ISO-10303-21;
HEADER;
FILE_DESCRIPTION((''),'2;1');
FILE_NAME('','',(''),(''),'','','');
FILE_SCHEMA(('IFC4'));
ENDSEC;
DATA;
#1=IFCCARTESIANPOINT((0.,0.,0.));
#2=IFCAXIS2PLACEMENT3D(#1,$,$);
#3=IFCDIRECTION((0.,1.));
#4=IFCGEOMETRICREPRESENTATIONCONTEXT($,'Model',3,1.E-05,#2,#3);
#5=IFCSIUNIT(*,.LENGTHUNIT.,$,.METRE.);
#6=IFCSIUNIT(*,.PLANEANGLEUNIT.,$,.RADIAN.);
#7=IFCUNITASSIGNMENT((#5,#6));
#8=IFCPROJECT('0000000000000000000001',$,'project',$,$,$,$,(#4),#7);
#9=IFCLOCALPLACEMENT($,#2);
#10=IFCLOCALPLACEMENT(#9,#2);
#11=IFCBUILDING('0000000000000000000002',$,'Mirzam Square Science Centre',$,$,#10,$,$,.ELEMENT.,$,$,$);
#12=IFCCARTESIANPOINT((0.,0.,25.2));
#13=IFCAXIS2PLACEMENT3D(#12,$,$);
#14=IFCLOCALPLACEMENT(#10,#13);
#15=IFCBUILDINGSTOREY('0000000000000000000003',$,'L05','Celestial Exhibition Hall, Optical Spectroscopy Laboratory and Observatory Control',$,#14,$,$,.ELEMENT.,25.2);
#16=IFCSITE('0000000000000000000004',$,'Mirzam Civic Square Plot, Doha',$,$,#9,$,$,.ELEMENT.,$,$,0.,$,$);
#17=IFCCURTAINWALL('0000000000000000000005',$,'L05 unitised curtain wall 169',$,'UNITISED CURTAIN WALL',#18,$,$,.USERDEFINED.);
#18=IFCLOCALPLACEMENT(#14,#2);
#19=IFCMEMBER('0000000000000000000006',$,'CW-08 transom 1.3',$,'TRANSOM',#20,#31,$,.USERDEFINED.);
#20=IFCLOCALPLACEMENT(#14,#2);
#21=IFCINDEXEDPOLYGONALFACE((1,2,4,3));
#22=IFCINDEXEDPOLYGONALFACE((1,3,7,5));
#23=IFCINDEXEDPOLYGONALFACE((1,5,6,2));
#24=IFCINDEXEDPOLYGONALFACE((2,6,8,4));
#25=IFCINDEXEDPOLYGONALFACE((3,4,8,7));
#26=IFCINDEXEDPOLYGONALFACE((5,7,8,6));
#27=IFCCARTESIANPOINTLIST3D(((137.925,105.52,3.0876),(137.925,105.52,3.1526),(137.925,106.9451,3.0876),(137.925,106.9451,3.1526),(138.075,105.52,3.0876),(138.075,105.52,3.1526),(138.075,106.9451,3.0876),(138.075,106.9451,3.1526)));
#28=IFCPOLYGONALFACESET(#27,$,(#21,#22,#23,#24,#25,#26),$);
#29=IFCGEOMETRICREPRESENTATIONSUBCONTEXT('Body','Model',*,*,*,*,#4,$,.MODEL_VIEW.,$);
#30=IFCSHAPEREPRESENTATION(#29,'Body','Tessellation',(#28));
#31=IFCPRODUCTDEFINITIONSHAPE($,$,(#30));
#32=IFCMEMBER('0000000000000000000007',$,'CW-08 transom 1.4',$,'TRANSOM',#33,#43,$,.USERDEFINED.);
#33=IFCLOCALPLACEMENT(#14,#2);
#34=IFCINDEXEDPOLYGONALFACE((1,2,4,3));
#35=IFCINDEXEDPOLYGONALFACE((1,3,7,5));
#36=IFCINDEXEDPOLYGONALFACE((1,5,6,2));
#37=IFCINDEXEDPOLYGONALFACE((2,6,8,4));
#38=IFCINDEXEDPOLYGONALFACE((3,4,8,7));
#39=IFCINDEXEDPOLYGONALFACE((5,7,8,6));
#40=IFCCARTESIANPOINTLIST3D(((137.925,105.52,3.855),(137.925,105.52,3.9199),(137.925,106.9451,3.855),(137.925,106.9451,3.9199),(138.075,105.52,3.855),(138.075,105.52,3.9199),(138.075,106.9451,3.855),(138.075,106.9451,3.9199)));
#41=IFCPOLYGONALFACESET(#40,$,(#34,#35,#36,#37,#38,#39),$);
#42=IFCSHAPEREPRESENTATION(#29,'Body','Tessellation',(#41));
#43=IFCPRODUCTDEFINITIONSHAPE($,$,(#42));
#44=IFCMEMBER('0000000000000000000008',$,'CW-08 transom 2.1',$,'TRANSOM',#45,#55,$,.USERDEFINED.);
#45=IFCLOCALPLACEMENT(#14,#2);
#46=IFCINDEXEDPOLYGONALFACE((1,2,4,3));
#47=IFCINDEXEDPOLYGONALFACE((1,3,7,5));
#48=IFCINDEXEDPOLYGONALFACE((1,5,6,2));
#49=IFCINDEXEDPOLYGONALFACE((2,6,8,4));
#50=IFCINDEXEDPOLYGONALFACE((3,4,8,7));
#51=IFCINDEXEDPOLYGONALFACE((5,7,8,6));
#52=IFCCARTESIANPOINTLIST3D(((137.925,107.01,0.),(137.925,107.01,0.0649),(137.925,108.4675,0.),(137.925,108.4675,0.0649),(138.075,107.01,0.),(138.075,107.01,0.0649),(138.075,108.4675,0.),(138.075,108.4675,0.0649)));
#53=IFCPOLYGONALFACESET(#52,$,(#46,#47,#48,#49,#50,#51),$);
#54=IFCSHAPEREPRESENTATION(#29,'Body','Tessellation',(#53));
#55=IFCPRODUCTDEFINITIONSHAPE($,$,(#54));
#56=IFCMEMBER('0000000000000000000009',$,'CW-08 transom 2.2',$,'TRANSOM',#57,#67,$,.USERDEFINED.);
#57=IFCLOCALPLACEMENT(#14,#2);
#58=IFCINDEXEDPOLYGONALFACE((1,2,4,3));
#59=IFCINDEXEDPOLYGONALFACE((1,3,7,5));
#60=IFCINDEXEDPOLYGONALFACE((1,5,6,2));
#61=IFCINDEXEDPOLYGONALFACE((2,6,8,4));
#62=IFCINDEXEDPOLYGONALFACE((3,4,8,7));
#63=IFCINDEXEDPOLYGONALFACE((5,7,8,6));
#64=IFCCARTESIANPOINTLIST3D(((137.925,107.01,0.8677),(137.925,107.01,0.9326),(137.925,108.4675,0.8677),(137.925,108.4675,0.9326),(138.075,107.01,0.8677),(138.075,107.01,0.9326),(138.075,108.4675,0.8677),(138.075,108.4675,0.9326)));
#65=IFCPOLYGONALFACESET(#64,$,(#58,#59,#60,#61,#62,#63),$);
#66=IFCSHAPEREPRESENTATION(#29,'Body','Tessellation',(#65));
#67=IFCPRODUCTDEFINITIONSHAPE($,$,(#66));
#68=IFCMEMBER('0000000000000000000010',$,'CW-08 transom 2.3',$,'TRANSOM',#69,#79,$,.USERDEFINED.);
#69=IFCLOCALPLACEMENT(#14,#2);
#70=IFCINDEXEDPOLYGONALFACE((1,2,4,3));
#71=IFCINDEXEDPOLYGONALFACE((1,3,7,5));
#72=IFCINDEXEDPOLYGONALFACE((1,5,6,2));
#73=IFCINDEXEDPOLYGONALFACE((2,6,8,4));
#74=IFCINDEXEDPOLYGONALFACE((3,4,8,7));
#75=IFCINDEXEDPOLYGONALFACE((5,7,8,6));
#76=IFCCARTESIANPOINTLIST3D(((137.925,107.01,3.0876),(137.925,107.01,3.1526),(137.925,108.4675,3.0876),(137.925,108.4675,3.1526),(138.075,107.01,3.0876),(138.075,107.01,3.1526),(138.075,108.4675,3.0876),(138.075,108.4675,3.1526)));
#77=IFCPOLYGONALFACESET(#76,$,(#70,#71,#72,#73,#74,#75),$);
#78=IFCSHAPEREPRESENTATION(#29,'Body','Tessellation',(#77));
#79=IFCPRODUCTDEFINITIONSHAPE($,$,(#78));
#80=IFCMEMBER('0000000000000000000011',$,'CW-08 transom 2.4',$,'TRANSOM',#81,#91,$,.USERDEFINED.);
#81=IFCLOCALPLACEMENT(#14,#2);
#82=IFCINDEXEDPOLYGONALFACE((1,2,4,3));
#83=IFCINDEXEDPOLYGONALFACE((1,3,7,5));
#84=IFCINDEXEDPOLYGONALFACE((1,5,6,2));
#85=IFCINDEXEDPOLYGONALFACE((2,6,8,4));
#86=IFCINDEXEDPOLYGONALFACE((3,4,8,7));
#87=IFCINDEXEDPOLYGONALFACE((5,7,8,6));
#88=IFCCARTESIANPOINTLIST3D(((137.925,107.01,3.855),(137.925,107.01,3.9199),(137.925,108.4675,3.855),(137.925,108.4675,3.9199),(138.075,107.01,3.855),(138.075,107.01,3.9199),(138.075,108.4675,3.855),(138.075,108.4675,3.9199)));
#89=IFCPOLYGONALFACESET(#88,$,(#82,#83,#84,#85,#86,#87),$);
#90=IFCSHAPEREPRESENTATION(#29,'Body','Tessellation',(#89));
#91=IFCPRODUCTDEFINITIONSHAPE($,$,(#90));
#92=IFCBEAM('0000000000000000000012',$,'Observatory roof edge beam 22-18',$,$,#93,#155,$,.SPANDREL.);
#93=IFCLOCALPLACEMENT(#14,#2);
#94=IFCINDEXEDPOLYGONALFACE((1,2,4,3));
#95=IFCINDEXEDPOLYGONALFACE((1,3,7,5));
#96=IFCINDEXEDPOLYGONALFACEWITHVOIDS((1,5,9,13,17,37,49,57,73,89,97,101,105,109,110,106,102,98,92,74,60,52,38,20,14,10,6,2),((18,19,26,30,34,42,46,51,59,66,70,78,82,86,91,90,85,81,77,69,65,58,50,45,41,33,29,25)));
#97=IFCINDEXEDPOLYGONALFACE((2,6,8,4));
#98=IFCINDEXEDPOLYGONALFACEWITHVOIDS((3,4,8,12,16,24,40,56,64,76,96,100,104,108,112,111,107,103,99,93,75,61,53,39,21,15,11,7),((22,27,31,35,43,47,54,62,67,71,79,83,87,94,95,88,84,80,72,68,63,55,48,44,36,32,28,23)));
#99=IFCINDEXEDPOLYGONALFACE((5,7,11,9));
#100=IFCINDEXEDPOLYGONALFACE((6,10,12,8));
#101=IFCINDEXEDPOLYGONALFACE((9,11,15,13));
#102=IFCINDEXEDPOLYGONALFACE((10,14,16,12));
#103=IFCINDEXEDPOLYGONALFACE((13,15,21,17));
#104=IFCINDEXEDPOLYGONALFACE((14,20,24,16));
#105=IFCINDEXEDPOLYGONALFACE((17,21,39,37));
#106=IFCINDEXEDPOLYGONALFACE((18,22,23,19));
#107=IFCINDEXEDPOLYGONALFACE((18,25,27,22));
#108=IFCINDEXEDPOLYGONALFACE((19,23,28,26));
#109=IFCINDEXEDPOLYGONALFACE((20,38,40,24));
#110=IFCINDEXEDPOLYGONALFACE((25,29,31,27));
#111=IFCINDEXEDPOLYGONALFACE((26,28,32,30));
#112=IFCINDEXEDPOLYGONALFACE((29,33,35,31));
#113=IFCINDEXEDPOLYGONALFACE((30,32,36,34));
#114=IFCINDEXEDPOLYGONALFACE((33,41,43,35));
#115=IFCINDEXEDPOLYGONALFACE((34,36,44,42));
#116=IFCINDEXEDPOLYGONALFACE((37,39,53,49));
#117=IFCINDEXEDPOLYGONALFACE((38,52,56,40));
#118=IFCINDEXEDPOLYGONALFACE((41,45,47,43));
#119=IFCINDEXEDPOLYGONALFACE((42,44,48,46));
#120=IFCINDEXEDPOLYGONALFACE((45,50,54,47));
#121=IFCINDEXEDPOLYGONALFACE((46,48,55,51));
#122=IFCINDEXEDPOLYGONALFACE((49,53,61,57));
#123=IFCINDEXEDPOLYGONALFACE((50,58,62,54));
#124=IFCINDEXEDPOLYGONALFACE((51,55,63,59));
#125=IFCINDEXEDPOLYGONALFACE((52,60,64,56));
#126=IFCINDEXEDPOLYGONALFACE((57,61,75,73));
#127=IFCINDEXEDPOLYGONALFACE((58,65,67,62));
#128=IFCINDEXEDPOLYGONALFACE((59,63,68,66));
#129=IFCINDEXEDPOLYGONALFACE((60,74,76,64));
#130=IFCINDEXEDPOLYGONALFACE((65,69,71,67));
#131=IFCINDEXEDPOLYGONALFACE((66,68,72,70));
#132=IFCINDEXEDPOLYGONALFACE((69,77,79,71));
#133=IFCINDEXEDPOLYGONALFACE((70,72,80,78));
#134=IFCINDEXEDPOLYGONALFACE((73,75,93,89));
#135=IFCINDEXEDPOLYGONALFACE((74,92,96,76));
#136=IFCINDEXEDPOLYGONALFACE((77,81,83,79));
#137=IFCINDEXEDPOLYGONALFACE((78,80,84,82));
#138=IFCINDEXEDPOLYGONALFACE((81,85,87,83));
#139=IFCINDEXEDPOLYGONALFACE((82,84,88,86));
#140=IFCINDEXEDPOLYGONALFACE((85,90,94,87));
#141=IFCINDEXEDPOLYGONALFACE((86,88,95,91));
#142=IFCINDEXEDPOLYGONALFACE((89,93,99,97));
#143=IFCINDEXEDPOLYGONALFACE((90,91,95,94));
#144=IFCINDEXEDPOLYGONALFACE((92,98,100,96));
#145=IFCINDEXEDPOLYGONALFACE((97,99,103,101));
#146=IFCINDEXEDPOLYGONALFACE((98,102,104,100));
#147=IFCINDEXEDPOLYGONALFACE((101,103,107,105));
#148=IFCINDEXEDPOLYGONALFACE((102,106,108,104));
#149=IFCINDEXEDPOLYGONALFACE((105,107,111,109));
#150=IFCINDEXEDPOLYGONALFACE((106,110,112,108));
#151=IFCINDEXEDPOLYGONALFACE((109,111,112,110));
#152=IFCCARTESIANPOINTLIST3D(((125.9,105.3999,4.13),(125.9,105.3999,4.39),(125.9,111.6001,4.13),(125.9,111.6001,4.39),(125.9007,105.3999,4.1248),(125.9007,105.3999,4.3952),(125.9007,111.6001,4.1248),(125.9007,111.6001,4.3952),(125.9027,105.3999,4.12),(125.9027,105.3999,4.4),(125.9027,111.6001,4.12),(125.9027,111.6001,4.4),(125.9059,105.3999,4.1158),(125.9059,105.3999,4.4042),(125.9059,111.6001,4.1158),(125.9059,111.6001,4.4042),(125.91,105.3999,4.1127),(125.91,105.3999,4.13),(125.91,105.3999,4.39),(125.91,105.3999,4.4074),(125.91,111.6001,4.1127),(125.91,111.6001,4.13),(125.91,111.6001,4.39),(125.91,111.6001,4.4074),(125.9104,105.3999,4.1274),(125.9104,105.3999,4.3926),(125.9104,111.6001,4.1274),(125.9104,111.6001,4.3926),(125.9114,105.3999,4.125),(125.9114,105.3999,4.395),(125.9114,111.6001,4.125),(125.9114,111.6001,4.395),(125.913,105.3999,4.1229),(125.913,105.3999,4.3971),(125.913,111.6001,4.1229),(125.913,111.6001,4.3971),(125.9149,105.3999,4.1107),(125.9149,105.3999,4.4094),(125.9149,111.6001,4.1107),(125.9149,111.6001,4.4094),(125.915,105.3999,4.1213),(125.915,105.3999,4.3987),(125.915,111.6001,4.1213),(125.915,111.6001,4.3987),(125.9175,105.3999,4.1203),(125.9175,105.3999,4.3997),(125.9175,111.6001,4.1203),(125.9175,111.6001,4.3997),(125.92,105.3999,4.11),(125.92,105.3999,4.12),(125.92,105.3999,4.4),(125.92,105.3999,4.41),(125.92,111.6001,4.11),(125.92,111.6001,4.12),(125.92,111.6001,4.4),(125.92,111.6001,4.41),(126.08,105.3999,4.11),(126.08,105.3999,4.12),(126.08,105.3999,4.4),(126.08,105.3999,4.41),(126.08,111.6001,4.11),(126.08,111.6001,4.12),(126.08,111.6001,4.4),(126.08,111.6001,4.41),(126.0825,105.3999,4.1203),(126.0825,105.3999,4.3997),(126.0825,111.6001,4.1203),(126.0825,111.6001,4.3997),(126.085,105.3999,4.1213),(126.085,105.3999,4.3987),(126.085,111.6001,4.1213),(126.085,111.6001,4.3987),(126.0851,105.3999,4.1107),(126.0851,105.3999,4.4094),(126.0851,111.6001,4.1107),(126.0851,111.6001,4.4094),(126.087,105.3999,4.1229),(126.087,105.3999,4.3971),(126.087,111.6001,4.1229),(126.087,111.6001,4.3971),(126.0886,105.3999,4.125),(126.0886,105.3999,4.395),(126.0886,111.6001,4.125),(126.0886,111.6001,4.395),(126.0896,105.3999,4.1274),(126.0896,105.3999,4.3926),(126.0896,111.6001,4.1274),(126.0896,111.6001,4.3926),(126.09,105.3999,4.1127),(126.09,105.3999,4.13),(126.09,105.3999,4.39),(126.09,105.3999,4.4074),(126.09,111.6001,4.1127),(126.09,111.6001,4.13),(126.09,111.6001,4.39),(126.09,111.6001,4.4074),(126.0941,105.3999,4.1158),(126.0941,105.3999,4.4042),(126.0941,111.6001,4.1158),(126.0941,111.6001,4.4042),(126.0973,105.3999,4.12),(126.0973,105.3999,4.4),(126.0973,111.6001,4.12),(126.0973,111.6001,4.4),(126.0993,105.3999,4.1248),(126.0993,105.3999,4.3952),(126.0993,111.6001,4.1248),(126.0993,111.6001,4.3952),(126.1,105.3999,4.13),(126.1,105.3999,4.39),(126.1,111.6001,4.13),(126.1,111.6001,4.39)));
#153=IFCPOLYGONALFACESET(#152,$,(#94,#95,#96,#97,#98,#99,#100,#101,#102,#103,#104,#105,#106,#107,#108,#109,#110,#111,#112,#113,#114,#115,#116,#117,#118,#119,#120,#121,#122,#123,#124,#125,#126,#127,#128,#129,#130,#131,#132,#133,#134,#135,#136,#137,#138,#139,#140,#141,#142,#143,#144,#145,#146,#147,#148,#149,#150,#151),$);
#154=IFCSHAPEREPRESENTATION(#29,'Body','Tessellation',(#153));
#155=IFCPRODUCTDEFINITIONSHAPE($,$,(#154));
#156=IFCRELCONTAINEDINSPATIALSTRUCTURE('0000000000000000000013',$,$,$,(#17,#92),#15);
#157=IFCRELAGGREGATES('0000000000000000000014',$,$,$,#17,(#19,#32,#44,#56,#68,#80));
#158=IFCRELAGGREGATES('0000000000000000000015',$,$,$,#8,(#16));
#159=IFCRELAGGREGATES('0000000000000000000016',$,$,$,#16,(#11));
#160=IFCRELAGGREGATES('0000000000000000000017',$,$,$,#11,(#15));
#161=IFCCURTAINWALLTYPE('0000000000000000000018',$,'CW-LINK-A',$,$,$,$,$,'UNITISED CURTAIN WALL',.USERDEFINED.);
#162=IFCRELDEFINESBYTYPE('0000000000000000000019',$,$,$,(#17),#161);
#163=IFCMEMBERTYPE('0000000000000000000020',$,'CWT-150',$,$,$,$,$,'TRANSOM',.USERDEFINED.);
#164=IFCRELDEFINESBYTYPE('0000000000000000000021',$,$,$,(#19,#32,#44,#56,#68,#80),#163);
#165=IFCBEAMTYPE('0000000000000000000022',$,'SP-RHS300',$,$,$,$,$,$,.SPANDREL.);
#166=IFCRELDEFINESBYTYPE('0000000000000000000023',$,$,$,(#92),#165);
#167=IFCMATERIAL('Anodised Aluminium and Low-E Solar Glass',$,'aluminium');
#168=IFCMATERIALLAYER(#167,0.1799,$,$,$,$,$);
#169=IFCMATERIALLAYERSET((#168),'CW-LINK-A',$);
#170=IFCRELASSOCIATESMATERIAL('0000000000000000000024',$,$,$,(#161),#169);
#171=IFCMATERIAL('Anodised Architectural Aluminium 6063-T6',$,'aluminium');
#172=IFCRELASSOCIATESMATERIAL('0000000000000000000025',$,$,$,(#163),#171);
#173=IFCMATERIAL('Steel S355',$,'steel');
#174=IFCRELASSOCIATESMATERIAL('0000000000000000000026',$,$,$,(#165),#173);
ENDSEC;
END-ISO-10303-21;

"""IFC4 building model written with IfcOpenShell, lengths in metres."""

from ifc_helpers import new_model, si_unit, direction, frame, origin, origin_2d, place, context, subcontext, project, spatial, rectangle, hollow_rectangle, extrude, material, layer, layer_set, material_profile, profile_set, type_object, element, aggregate, save


model = new_model("IFC4")

# Units and contexts
model_context = context("Model", 3, precision=1e-05, world=origin(), true_north=direction((0.0, 1.0)))
body_context = subcontext(model_context, "Body", "Model", "MODEL_VIEW")
ifc_project = project(units=[si_unit("LENGTHUNIT", "METRE"), si_unit("PLANEANGLEUNIT", "RADIAN")], contexts=[model_context])

# Site, building, storey
site_placement = place(None, origin())
site = spatial("IfcSite", under=ifc_project, at=site_placement, Name="Mirzam Civic Square Plot, Doha", CompositionType="ELEMENT", RefElevation=0.0)
building_placement = place(site_placement, origin())
building = spatial("IfcBuilding", under=site, at=building_placement, Name="Mirzam Square Science Centre", CompositionType="ELEMENT")
storey_placement = place(building_placement, frame((0.0, 0.0, 25.2)))
storey = spatial("IfcBuildingStorey", under=building, at=storey_placement, Name="L05", Description="Celestial Exhibition Hall, Optical Spectroscopy Laboratory and Observatory Control", CompositionType="ELEMENT", Elevation=25.2)

# Shared definitions
ifc_material_1 = material(Name="Steel S355", Category="steel")

# Curtain wall, members
ifc_material_2 = material(Name="Anodised Aluminium and Low-E Solar Glass", Category="aluminium")
ifc_layer_1 = layer(ifc_material_2, 0.1799)
ifc_layer_set_1 = layer_set([ifc_layer_1], Name="CW-LINK-A")
curtain_wall_type = type_object("IfcCurtainWallType", Name="CW-LINK-A", ElementType="UNITISED CURTAIN WALL", PredefinedType="USERDEFINED", material=ifc_layer_set_1)
curtain_wall_placement = place(storey_placement, origin())
curtain_wall = element("IfcCurtainWall", 1, at=curtain_wall_placement, inside=storey, type_object=curtain_wall_type, Name="L05 unitised curtain wall 169", ObjectType="UNITISED CURTAIN WALL", PredefinedType="USERDEFINED")
ifc_material_3 = material(Name="Anodised Architectural Aluminium 6063-T6", Category="aluminium")
ifc_material_profile_1 = material_profile(ifc_material_3, rectangle(XDim=0.1499, YDim=0.0649, at=origin_2d()), Name="ALU-TRAN-150x65x4")
ifc_profile_set_1 = profile_set([ifc_material_profile_1], Name="Anodised Architectural Aluminium 6063-T6")
member_type_1 = type_object("IfcMemberType", Name="CWT-150", ElementType="TRANSOM", PredefinedType="USERDEFINED", material=ifc_profile_set_1)
member_1_placement = place(storey_placement, frame((138.0, 105.52, 3.1201), z_axis=(0.0, 1.0, 0.0), x_axis=(-1.0, 0.0, 0.0)))
member_1 = element("IfcMember", 2, at=member_1_placement, type_object=member_type_1, Name="CW-08 transom 1.3", ObjectType="TRANSOM", PredefinedType="USERDEFINED", context=body_context, shape_type="SweptSolid", body=[
    extrude(rectangle(XDim=0.1499, YDim=0.0649, at=origin_2d()), origin(), (0.0, 0.0, 1.0), 1.425),
])
member_2_placement = place(storey_placement, frame((138.0, 105.52, 3.8875), z_axis=(0.0, 1.0, 0.0), x_axis=(-1.0, 0.0, 0.0)))
member_2 = element("IfcMember", 3, at=member_2_placement, type_object=member_type_1, Name="CW-08 transom 1.4", ObjectType="TRANSOM", PredefinedType="USERDEFINED", context=body_context, shape_type="SweptSolid", body=[
    extrude(rectangle(XDim=0.1499, YDim=0.0649, at=origin_2d()), origin(), (0.0, 0.0, 1.0), 1.425),
])
member_3_placement = place(storey_placement, frame((138.0, 107.01, 0.0325), z_axis=(0.0, 1.0, 0.0), x_axis=(-1.0, 0.0, 0.0)))
member_3 = element("IfcMember", 4, at=member_3_placement, type_object=member_type_1, Name="CW-08 transom 2.1", ObjectType="TRANSOM", PredefinedType="USERDEFINED", context=body_context, shape_type="SweptSolid", body=[
    extrude(rectangle(XDim=0.1499, YDim=0.0649, at=origin_2d()), origin(), (0.0, 0.0, 1.0), 1.4575),
])
member_4_placement = place(storey_placement, frame((138.0, 107.01, 0.9001), z_axis=(0.0, 1.0, 0.0), x_axis=(-1.0, 0.0, 0.0)))
member_4 = element("IfcMember", 5, at=member_4_placement, type_object=member_type_1, Name="CW-08 transom 2.2", ObjectType="TRANSOM", PredefinedType="USERDEFINED", context=body_context, shape_type="SweptSolid", body=[
    extrude(rectangle(XDim=0.1499, YDim=0.0649, at=origin_2d()), origin(), (0.0, 0.0, 1.0), 1.4575),
])
member_5_placement = place(storey_placement, frame((138.0, 107.01, 3.1201), z_axis=(0.0, 1.0, 0.0), x_axis=(-1.0, 0.0, 0.0)))
member_5 = element("IfcMember", 6, at=member_5_placement, type_object=member_type_1, Name="CW-08 transom 2.3", ObjectType="TRANSOM", PredefinedType="USERDEFINED", context=body_context, shape_type="SweptSolid", body=[
    extrude(rectangle(XDim=0.1499, YDim=0.0649, at=origin_2d()), origin(), (0.0, 0.0, 1.0), 1.4575),
])
member_6_placement = place(storey_placement, frame((138.0, 107.01, 3.8875), z_axis=(0.0, 1.0, 0.0), x_axis=(-1.0, 0.0, 0.0)))
member_6 = element("IfcMember", 7, at=member_6_placement, type_object=member_type_1, Name="CW-08 transom 2.4", ObjectType="TRANSOM", PredefinedType="USERDEFINED", context=body_context, shape_type="SweptSolid", body=[
    extrude(rectangle(XDim=0.1499, YDim=0.0649, at=origin_2d()), origin(), (0.0, 0.0, 1.0), 1.4575),
])

# Beam
ifc_material_profile_2 = material_profile(ifc_material_1, hollow_rectangle(XDim=0.2, YDim=0.3, WallThickness=0.01, InnerFilletRadius=0.01, OuterFilletRadius=0.02, at=origin_2d()), Name="300x200x10.0RHS")
ifc_profile_set_2 = profile_set([ifc_material_profile_2], Name="Steel S355")
beam_type_1 = type_object("IfcBeamType", Name="SP-RHS300", PredefinedType="SPANDREL", material=ifc_profile_set_2)
beam_1_placement = place(storey_placement, frame((126.0, 105.3999, 4.26), z_axis=(0.0, 1.0, 0.0), x_axis=(-1.0, 0.0, 0.0)))
element("IfcBeam", 8, at=beam_1_placement, inside=storey, type_object=beam_type_1, Name="Observatory roof edge beam 22-18", PredefinedType="SPANDREL", context=body_context, shape_type="SweptSolid", body=[
    extrude(hollow_rectangle(XDim=0.2, YDim=0.3, WallThickness=0.01, InnerFilletRadius=0.01, OuterFilletRadius=0.02, at=origin_2d()), origin(), (0.0, 0.0, 1.0), 6.2002),
])

aggregate(curtain_wall, [member_1, member_2, member_3, member_4, member_5, member_6])

save(model, "model.ifc")
